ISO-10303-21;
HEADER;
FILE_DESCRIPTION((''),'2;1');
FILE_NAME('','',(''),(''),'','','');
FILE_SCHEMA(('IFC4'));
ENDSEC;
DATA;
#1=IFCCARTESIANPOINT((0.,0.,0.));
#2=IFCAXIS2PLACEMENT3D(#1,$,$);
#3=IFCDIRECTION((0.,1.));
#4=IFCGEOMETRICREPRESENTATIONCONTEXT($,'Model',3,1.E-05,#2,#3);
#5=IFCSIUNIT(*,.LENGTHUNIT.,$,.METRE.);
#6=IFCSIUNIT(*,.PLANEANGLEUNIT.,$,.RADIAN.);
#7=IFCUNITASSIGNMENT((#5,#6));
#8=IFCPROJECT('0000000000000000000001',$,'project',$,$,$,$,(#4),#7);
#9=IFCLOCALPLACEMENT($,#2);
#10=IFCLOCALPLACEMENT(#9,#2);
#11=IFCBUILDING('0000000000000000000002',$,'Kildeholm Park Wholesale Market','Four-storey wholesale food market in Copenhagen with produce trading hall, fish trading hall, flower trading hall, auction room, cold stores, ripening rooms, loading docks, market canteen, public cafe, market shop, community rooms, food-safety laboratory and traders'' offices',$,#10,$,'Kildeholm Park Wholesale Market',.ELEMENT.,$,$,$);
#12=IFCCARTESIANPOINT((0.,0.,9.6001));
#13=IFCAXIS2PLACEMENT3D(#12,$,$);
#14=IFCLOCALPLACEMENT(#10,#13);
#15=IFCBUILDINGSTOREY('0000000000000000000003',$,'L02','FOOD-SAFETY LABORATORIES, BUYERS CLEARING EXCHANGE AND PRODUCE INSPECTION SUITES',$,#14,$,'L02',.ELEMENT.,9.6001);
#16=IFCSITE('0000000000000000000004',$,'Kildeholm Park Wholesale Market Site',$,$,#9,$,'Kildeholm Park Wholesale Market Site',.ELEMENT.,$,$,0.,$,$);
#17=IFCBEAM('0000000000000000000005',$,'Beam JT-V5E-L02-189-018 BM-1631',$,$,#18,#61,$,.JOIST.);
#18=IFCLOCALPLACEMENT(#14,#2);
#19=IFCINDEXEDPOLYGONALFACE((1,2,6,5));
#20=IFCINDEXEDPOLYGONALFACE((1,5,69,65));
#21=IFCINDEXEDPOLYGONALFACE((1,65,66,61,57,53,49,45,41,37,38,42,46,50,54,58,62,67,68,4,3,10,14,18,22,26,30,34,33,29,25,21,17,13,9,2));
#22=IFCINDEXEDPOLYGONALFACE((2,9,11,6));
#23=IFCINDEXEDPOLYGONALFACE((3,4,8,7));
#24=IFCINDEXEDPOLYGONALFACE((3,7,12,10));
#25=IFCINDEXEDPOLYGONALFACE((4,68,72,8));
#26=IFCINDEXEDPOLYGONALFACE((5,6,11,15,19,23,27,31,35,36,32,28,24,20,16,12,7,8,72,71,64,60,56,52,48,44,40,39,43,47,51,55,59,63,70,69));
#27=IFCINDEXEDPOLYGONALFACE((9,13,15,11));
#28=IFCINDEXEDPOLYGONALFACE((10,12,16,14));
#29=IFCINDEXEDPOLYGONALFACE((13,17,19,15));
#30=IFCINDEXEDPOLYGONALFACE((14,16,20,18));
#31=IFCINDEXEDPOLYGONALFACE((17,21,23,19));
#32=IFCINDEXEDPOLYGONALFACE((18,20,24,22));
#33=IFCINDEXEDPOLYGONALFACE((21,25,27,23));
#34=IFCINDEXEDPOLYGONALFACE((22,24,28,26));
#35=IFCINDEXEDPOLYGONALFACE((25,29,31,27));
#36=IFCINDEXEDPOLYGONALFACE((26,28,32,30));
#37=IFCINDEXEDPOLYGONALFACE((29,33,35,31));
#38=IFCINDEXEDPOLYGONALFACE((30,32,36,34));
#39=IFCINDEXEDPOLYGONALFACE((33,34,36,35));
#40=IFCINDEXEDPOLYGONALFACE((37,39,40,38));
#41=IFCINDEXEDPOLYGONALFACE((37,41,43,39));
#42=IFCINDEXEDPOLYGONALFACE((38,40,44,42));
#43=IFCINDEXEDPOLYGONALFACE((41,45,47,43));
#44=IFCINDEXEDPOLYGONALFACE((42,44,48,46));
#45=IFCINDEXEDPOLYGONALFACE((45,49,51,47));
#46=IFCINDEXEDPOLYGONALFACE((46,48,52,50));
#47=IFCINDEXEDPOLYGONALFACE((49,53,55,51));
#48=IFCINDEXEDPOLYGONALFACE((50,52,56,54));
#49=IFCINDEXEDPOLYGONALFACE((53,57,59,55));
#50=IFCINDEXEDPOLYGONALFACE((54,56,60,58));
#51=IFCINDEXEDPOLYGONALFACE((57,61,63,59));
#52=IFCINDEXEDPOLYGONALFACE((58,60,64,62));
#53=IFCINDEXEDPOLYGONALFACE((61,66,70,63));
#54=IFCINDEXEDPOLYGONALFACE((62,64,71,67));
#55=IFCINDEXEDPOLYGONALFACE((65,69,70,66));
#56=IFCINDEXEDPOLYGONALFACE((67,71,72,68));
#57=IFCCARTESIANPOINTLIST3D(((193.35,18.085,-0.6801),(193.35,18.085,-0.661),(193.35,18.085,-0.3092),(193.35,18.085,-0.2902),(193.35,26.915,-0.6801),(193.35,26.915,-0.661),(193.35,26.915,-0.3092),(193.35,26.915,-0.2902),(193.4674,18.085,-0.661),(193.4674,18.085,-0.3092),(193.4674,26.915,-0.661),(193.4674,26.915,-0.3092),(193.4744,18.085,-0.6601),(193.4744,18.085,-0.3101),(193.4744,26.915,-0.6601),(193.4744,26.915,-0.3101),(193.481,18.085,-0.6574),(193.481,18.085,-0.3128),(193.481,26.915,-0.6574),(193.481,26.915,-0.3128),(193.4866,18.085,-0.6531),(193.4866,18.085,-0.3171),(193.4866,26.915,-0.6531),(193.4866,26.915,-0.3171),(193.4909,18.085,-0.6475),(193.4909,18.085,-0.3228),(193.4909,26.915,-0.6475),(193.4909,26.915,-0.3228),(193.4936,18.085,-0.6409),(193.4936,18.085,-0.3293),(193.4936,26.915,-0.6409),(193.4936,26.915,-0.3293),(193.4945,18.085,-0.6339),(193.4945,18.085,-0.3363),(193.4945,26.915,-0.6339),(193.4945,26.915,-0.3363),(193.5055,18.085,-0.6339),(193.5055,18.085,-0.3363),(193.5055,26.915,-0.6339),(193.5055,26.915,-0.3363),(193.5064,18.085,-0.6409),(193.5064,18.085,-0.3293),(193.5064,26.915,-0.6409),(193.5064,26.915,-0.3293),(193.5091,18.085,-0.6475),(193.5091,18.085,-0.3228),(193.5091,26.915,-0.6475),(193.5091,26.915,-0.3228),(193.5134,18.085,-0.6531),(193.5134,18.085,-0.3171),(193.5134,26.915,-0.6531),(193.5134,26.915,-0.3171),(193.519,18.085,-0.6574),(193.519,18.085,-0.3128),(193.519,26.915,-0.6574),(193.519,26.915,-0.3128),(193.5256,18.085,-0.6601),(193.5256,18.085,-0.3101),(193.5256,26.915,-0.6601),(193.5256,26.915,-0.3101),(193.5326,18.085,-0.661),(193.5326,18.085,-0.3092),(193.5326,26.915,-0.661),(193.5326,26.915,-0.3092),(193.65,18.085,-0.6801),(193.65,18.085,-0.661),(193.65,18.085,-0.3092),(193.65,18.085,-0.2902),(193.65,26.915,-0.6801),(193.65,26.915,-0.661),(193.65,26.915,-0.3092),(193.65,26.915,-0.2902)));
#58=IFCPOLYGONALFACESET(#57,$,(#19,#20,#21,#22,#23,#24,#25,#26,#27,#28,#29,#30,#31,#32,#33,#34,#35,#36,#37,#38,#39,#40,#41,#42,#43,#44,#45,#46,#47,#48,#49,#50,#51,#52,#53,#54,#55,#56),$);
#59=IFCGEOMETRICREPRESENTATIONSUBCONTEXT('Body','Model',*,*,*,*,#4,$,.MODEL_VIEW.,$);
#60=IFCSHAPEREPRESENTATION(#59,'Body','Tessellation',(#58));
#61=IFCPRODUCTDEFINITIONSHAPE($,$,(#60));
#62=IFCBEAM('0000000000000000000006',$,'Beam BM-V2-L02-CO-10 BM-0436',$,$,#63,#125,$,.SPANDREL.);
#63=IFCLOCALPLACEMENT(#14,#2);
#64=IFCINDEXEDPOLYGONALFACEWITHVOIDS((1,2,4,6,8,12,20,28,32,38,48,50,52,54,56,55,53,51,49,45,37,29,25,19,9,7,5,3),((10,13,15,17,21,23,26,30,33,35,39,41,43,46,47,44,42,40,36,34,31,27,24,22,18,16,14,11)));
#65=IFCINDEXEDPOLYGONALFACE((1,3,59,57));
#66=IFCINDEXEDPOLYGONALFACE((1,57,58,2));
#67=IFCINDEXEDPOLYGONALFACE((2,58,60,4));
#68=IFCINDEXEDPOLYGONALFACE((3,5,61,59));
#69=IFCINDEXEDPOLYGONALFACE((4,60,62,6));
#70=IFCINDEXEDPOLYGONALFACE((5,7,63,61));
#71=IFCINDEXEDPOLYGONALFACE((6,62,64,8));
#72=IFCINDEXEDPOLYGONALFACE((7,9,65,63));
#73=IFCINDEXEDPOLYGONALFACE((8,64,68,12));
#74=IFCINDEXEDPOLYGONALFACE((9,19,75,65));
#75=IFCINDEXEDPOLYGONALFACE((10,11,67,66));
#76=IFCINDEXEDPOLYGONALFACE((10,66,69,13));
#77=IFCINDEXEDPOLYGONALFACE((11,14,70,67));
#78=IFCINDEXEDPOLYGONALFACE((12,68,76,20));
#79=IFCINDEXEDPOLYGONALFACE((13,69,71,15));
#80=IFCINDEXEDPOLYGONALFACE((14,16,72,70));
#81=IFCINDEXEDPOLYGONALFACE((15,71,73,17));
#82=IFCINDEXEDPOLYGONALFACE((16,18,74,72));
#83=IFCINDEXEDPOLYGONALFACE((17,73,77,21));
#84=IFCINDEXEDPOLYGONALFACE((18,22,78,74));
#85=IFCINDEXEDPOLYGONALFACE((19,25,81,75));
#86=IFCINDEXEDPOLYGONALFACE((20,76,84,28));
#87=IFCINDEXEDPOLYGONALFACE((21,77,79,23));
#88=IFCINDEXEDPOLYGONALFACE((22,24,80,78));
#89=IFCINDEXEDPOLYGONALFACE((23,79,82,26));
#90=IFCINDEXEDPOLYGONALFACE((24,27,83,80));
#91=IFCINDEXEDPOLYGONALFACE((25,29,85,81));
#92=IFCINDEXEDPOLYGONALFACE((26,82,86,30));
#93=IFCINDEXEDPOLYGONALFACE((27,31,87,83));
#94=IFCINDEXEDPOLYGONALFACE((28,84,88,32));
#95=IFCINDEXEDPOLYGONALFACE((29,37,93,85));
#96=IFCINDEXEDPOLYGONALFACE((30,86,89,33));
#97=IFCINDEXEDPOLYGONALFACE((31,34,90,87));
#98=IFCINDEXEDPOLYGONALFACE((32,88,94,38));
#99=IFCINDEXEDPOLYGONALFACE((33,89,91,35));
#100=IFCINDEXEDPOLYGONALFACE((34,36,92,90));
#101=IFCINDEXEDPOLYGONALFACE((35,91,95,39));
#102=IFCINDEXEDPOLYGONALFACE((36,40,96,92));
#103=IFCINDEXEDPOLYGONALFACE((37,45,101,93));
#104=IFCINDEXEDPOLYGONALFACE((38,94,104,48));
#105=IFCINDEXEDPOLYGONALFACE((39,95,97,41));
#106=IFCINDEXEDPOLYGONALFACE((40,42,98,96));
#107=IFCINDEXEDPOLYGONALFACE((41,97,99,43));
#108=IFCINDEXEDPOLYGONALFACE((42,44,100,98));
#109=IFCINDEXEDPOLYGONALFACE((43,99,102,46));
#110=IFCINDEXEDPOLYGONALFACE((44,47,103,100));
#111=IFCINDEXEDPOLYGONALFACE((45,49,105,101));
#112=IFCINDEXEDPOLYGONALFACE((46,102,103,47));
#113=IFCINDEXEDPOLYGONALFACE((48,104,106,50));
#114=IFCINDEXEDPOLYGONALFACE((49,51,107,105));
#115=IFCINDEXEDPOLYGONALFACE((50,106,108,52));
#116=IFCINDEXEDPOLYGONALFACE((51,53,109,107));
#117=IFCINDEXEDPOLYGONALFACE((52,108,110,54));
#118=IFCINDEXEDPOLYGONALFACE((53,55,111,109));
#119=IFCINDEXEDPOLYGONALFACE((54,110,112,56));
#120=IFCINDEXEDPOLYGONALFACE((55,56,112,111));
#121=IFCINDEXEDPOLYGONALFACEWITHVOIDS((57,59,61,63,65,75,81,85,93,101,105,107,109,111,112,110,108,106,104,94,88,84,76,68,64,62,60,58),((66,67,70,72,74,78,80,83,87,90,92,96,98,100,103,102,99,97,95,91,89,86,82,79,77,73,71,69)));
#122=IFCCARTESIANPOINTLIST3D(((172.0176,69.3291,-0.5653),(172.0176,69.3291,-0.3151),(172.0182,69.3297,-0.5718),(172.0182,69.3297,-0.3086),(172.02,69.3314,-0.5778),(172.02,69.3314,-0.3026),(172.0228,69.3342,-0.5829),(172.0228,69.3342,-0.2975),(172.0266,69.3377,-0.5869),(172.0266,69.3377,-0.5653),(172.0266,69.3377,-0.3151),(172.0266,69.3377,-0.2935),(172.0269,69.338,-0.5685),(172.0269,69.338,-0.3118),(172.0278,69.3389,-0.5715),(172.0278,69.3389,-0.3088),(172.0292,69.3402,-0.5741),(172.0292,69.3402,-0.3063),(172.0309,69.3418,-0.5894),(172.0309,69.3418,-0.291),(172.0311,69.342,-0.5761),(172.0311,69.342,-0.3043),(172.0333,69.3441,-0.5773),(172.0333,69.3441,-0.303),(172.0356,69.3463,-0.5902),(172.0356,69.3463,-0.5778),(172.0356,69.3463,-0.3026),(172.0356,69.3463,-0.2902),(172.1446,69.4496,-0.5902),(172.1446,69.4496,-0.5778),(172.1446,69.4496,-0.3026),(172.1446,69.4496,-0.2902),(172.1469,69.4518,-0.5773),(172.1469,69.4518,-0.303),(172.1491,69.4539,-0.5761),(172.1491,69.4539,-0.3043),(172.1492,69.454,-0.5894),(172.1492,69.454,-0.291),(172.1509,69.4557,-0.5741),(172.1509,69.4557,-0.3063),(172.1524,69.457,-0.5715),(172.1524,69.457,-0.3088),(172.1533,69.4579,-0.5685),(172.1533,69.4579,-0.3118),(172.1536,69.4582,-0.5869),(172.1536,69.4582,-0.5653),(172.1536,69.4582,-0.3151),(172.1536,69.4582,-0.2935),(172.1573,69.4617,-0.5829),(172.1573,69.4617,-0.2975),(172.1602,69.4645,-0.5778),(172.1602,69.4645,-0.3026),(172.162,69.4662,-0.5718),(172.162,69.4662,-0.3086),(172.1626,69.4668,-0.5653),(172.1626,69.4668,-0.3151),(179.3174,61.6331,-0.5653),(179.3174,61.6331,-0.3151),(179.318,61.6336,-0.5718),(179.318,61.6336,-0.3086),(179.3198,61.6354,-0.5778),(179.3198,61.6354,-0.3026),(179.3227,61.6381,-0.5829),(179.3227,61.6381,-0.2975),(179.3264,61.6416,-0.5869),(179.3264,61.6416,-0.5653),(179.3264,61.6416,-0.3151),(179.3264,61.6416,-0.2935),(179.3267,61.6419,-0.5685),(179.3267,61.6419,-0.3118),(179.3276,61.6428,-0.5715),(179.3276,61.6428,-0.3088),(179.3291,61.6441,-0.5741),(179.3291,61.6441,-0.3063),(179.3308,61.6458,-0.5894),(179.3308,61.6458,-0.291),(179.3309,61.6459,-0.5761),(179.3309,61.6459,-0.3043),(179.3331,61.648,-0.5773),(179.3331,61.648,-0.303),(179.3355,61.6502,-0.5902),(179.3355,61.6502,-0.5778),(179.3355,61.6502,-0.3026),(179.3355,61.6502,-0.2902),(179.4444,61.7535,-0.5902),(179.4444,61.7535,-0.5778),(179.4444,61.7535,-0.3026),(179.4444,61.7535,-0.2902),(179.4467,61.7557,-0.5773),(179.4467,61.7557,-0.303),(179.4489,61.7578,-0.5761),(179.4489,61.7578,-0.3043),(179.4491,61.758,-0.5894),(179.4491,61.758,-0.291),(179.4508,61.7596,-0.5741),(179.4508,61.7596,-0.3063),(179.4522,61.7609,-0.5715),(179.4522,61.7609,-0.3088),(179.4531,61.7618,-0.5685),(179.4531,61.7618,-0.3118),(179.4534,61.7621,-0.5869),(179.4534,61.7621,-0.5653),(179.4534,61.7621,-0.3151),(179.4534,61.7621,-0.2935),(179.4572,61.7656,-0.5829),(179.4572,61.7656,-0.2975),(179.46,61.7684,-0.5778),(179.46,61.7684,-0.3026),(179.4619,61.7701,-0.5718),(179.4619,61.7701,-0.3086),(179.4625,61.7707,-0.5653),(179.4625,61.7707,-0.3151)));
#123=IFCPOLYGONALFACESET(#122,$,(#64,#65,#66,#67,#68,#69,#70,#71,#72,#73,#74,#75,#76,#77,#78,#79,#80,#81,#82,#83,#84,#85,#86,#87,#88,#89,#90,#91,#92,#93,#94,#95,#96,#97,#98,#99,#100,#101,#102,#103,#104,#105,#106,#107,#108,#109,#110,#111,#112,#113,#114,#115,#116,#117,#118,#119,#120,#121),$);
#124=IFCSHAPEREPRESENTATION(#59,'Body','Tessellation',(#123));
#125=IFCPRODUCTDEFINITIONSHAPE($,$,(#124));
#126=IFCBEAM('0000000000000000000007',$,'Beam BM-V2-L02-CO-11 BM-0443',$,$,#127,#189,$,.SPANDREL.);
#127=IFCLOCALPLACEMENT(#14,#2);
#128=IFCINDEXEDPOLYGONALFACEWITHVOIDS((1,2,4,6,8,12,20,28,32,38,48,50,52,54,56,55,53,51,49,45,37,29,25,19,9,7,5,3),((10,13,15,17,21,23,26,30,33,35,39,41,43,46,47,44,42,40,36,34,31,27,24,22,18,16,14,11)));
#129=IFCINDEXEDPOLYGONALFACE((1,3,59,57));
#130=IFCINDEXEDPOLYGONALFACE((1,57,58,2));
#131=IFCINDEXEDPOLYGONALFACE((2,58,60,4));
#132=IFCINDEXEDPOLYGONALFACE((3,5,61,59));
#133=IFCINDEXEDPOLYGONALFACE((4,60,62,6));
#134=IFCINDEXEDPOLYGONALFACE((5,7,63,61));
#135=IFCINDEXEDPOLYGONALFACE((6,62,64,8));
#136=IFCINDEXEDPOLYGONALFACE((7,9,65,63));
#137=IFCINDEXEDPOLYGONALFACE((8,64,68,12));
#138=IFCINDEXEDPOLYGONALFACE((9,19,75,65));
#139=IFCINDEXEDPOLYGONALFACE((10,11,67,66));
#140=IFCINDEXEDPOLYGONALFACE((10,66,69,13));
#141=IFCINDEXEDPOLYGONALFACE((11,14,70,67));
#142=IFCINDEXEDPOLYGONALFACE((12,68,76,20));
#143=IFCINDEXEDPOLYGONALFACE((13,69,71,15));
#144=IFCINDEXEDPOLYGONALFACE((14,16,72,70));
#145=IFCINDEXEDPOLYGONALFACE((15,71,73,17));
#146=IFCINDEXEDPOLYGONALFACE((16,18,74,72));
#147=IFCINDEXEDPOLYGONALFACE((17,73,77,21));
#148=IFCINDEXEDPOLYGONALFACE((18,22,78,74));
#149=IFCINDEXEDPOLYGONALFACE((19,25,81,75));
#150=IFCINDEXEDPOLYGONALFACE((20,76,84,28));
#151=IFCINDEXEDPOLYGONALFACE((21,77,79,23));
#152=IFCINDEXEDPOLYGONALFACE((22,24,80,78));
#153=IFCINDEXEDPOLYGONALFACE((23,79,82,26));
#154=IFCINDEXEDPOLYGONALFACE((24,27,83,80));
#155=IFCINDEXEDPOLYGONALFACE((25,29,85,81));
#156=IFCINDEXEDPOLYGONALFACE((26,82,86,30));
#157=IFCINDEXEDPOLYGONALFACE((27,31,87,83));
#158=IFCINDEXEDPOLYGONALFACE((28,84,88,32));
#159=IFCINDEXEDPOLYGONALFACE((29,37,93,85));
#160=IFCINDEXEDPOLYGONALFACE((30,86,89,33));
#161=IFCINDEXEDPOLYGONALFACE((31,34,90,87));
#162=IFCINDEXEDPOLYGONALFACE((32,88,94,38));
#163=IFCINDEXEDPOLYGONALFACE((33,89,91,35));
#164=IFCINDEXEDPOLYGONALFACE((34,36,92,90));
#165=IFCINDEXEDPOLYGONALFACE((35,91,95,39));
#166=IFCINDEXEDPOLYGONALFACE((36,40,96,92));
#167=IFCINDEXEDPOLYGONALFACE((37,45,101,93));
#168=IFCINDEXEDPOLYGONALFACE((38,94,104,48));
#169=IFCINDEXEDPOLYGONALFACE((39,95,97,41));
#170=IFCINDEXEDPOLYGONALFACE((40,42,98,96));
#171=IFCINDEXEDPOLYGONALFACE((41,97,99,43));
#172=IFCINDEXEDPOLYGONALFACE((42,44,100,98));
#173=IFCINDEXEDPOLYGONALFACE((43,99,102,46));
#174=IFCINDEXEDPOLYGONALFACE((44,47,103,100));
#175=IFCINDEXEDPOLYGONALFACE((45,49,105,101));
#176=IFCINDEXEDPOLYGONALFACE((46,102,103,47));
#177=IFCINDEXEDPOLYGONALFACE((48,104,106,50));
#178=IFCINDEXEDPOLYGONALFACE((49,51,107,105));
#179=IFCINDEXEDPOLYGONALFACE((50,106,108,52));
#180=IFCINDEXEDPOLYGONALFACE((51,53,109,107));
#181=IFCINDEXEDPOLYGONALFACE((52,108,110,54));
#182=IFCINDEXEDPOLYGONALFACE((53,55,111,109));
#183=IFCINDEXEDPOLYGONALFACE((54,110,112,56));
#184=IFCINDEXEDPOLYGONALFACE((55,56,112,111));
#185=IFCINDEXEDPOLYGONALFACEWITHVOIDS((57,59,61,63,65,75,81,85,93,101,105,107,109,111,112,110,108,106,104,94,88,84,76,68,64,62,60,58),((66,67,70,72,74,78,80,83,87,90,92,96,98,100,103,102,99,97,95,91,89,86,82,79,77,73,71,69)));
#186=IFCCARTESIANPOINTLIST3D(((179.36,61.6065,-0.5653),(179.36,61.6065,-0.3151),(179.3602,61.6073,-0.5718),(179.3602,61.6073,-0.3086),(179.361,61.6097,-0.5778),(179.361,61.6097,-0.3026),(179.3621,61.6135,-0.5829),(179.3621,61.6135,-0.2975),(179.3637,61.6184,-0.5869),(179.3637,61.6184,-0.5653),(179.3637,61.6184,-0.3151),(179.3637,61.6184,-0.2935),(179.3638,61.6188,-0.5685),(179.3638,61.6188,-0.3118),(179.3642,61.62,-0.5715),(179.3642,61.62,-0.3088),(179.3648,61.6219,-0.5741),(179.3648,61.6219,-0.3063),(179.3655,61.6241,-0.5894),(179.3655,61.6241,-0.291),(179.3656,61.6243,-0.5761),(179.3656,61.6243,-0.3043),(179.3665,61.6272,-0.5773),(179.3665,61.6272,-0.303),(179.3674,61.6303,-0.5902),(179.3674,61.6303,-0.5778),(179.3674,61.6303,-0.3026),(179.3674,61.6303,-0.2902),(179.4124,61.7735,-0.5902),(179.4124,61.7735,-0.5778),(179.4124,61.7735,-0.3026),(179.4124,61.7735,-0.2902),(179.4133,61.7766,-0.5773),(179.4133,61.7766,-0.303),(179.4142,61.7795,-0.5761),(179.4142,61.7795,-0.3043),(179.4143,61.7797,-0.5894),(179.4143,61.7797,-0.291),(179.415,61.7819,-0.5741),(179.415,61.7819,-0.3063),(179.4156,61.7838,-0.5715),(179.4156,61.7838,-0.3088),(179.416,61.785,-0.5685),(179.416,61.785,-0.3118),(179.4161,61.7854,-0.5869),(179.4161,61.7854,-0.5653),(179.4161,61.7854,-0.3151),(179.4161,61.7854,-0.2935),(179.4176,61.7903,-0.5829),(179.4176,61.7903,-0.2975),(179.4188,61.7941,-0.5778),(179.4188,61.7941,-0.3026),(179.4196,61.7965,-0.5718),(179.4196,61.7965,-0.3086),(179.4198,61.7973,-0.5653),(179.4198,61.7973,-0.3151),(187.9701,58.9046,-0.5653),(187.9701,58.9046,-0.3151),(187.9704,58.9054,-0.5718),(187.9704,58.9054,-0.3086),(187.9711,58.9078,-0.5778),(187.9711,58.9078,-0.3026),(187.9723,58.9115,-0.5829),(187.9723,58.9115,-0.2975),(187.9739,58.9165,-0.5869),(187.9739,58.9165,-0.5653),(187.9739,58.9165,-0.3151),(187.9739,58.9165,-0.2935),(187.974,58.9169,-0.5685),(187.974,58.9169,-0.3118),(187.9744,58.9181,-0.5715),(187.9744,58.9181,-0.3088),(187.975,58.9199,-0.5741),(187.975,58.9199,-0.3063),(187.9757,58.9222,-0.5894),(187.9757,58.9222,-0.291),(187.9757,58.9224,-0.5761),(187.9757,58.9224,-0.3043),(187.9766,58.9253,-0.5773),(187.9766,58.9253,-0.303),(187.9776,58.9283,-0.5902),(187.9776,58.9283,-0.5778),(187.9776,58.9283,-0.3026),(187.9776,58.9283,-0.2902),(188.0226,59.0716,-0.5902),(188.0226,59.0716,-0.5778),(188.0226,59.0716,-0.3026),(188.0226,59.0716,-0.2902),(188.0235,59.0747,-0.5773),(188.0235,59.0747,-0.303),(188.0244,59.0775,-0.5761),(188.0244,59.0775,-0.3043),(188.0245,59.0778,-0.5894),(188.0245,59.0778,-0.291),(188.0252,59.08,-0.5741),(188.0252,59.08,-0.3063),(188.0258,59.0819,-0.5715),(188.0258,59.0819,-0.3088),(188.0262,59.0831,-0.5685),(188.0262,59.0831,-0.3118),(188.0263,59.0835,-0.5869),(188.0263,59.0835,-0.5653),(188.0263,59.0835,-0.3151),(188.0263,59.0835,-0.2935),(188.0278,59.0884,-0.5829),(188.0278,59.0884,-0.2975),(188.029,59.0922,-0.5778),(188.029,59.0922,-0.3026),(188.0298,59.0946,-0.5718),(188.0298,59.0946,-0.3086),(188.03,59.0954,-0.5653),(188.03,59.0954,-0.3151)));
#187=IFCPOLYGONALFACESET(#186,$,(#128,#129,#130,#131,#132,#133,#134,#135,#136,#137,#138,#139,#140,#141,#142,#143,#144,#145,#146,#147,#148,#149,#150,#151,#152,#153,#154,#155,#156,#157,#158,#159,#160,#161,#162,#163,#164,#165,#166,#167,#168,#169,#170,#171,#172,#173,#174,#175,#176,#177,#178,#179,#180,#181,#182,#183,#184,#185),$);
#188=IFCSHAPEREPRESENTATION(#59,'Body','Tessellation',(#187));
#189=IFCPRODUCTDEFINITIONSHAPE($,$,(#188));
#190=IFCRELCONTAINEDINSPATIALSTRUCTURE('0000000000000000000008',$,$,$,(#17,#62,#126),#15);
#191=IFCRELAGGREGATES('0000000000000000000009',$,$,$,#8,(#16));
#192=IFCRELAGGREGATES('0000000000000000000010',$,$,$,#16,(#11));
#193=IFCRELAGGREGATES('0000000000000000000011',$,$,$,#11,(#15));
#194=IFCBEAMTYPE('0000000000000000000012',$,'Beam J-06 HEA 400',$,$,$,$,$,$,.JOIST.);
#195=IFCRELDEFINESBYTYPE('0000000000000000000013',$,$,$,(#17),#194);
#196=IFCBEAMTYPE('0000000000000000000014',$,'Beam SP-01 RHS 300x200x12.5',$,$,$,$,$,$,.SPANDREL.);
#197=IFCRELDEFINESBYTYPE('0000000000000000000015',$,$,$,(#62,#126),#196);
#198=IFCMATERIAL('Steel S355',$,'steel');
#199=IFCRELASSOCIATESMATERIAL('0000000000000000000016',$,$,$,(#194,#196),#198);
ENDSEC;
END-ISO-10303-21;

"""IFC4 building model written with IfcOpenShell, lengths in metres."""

from ifc_helpers import new_model, si_unit, direction, frame, origin, origin_2d, place, context, subcontext, project, spatial, hollow_rectangle, i_section, extrude, material, material_profile, profile_set, type_object, element, save


model = new_model("IFC4")

# Units and contexts
model_context = context("Model", 3, precision=1e-05, world=origin(), true_north=direction((0.0, 1.0)))
body_context = subcontext(model_context, "Body", "Model", "MODEL_VIEW")
ifc_project = project(units=[si_unit("LENGTHUNIT", "METRE"), si_unit("PLANEANGLEUNIT", "RADIAN")], contexts=[model_context])

# Site, building, storey
site_placement = place(None, origin())
site = spatial("IfcSite", under=ifc_project, at=site_placement, Name="Kildeholm Park Wholesale Market Site", LongName="Kildeholm Park Wholesale Market Site", CompositionType="ELEMENT", RefElevation=0.0)
building_placement = place(site_placement, origin())
building = spatial("IfcBuilding", under=site, at=building_placement, Name="Kildeholm Park Wholesale Market", Description="Four-storey wholesale food market in Copenhagen with produce trading hall, fish trading hall, flower trading hall, auction room, cold stores, ripening rooms, loading docks, market canteen, public cafe, market shop, community rooms, food-safety laboratory and traders' offices", LongName="Kildeholm Park Wholesale Market", CompositionType="ELEMENT")
storey_placement = place(building_placement, frame((0.0, 0.0, 9.6001)))
storey = spatial("IfcBuildingStorey", under=building, at=storey_placement, Name="L02", Description="FOOD-SAFETY LABORATORIES, BUYERS CLEARING EXCHANGE AND PRODUCE INSPECTION SUITES", LongName="L02", CompositionType="ELEMENT", Elevation=9.6001)

# Shared definitions
ifc_material_1 = material(Name="Steel S355", Category="steel")

# Beams
ifc_material_profile_1 = material_profile(ifc_material_1, i_section(OverallWidth=0.3, OverallDepth=0.3899, WebThickness=0.011, FlangeThickness=0.019, FilletRadius=0.0271, at=origin_2d()), Name="HEA 400")
ifc_profile_set_1 = profile_set([ifc_material_profile_1], Name="Steel S355")
beam_type_1 = type_object("IfcBeamType", Name="Beam J-06 HEA 400", PredefinedType="JOIST", material=ifc_profile_set_1)
beam_1_placement = place(storey_placement, frame((193.5, 18.085, -0.4851), z_axis=(0.0, 1.0, 0.0), x_axis=(-1.0, 0.0, 0.0)))
element("IfcBeam", 1, at=beam_1_placement, inside=storey, type_object=beam_type_1, Name="Beam JT-V5E-L02-189-018 BM-1631", PredefinedType="JOIST", context=body_context, shape_type="SweptSolid", body=[
    extrude(i_section(OverallWidth=0.3, OverallDepth=0.3899, WebThickness=0.011, FlangeThickness=0.019, FilletRadius=0.0271, at=origin_2d()), origin(), (0.0, 0.0, 1.0), 8.8301),
])
ifc_material_profile_2 = material_profile(ifc_material_1, hollow_rectangle(XDim=0.2, YDim=0.3, WallThickness=0.0125, InnerFilletRadius=0.0125, OuterFilletRadius=0.0249, at=origin_2d()), Name="RHS 300x200x12.5")
ifc_profile_set_2 = profile_set([ifc_material_profile_2], Name="Steel S355")
beam_type_2 = type_object("IfcBeamType", Name="Beam SP-01 RHS 300x200x12.5", PredefinedType="SPANDREL", material=ifc_profile_set_2)
beam_2_placement = place(storey_placement, frame((172.0901, 69.3979, -0.4402), z_axis=(0.688182, -0.725538, 0.0), x_axis=(0.725538, 0.688182, 0.0)))
element("IfcBeam", 2, at=beam_2_placement, inside=storey, type_object=beam_type_2, Name="Beam BM-V2-L02-CO-10 BM-0436", PredefinedType="SPANDREL", context=body_context, shape_type="SweptSolid", body=[
    extrude(hollow_rectangle(XDim=0.2, YDim=0.3, WallThickness=0.0125, InnerFilletRadius=0.0125, OuterFilletRadius=0.0249, at=origin_2d()), origin(), (0.0, 0.0, 1.0), 10.6074),
])
for number, where, z_axis, x_axis, name in (
    (3, (179.3899, 61.7019, -0.4402), (0.954125, -0.29941, 0.0), (0.29941, 0.954125, 0.0), "Beam BM-V2-L02-CO-11 BM-0443"),
):
    element("IfcBeam", number, at=place(storey_placement, frame(where, z_axis=z_axis, x_axis=x_axis)), inside=storey, type_object=beam_type_2, Name=name, PredefinedType="SPANDREL", context=body_context, shape_type="SweptSolid", body=[
        extrude(hollow_rectangle(XDim=0.2, YDim=0.3, WallThickness=0.0125, InnerFilletRadius=0.0125, OuterFilletRadius=0.0249, at=origin_2d()), origin(), (0.0, 0.0, 1.0), 9.0242),
    ])

save(model, "model.ifc")
